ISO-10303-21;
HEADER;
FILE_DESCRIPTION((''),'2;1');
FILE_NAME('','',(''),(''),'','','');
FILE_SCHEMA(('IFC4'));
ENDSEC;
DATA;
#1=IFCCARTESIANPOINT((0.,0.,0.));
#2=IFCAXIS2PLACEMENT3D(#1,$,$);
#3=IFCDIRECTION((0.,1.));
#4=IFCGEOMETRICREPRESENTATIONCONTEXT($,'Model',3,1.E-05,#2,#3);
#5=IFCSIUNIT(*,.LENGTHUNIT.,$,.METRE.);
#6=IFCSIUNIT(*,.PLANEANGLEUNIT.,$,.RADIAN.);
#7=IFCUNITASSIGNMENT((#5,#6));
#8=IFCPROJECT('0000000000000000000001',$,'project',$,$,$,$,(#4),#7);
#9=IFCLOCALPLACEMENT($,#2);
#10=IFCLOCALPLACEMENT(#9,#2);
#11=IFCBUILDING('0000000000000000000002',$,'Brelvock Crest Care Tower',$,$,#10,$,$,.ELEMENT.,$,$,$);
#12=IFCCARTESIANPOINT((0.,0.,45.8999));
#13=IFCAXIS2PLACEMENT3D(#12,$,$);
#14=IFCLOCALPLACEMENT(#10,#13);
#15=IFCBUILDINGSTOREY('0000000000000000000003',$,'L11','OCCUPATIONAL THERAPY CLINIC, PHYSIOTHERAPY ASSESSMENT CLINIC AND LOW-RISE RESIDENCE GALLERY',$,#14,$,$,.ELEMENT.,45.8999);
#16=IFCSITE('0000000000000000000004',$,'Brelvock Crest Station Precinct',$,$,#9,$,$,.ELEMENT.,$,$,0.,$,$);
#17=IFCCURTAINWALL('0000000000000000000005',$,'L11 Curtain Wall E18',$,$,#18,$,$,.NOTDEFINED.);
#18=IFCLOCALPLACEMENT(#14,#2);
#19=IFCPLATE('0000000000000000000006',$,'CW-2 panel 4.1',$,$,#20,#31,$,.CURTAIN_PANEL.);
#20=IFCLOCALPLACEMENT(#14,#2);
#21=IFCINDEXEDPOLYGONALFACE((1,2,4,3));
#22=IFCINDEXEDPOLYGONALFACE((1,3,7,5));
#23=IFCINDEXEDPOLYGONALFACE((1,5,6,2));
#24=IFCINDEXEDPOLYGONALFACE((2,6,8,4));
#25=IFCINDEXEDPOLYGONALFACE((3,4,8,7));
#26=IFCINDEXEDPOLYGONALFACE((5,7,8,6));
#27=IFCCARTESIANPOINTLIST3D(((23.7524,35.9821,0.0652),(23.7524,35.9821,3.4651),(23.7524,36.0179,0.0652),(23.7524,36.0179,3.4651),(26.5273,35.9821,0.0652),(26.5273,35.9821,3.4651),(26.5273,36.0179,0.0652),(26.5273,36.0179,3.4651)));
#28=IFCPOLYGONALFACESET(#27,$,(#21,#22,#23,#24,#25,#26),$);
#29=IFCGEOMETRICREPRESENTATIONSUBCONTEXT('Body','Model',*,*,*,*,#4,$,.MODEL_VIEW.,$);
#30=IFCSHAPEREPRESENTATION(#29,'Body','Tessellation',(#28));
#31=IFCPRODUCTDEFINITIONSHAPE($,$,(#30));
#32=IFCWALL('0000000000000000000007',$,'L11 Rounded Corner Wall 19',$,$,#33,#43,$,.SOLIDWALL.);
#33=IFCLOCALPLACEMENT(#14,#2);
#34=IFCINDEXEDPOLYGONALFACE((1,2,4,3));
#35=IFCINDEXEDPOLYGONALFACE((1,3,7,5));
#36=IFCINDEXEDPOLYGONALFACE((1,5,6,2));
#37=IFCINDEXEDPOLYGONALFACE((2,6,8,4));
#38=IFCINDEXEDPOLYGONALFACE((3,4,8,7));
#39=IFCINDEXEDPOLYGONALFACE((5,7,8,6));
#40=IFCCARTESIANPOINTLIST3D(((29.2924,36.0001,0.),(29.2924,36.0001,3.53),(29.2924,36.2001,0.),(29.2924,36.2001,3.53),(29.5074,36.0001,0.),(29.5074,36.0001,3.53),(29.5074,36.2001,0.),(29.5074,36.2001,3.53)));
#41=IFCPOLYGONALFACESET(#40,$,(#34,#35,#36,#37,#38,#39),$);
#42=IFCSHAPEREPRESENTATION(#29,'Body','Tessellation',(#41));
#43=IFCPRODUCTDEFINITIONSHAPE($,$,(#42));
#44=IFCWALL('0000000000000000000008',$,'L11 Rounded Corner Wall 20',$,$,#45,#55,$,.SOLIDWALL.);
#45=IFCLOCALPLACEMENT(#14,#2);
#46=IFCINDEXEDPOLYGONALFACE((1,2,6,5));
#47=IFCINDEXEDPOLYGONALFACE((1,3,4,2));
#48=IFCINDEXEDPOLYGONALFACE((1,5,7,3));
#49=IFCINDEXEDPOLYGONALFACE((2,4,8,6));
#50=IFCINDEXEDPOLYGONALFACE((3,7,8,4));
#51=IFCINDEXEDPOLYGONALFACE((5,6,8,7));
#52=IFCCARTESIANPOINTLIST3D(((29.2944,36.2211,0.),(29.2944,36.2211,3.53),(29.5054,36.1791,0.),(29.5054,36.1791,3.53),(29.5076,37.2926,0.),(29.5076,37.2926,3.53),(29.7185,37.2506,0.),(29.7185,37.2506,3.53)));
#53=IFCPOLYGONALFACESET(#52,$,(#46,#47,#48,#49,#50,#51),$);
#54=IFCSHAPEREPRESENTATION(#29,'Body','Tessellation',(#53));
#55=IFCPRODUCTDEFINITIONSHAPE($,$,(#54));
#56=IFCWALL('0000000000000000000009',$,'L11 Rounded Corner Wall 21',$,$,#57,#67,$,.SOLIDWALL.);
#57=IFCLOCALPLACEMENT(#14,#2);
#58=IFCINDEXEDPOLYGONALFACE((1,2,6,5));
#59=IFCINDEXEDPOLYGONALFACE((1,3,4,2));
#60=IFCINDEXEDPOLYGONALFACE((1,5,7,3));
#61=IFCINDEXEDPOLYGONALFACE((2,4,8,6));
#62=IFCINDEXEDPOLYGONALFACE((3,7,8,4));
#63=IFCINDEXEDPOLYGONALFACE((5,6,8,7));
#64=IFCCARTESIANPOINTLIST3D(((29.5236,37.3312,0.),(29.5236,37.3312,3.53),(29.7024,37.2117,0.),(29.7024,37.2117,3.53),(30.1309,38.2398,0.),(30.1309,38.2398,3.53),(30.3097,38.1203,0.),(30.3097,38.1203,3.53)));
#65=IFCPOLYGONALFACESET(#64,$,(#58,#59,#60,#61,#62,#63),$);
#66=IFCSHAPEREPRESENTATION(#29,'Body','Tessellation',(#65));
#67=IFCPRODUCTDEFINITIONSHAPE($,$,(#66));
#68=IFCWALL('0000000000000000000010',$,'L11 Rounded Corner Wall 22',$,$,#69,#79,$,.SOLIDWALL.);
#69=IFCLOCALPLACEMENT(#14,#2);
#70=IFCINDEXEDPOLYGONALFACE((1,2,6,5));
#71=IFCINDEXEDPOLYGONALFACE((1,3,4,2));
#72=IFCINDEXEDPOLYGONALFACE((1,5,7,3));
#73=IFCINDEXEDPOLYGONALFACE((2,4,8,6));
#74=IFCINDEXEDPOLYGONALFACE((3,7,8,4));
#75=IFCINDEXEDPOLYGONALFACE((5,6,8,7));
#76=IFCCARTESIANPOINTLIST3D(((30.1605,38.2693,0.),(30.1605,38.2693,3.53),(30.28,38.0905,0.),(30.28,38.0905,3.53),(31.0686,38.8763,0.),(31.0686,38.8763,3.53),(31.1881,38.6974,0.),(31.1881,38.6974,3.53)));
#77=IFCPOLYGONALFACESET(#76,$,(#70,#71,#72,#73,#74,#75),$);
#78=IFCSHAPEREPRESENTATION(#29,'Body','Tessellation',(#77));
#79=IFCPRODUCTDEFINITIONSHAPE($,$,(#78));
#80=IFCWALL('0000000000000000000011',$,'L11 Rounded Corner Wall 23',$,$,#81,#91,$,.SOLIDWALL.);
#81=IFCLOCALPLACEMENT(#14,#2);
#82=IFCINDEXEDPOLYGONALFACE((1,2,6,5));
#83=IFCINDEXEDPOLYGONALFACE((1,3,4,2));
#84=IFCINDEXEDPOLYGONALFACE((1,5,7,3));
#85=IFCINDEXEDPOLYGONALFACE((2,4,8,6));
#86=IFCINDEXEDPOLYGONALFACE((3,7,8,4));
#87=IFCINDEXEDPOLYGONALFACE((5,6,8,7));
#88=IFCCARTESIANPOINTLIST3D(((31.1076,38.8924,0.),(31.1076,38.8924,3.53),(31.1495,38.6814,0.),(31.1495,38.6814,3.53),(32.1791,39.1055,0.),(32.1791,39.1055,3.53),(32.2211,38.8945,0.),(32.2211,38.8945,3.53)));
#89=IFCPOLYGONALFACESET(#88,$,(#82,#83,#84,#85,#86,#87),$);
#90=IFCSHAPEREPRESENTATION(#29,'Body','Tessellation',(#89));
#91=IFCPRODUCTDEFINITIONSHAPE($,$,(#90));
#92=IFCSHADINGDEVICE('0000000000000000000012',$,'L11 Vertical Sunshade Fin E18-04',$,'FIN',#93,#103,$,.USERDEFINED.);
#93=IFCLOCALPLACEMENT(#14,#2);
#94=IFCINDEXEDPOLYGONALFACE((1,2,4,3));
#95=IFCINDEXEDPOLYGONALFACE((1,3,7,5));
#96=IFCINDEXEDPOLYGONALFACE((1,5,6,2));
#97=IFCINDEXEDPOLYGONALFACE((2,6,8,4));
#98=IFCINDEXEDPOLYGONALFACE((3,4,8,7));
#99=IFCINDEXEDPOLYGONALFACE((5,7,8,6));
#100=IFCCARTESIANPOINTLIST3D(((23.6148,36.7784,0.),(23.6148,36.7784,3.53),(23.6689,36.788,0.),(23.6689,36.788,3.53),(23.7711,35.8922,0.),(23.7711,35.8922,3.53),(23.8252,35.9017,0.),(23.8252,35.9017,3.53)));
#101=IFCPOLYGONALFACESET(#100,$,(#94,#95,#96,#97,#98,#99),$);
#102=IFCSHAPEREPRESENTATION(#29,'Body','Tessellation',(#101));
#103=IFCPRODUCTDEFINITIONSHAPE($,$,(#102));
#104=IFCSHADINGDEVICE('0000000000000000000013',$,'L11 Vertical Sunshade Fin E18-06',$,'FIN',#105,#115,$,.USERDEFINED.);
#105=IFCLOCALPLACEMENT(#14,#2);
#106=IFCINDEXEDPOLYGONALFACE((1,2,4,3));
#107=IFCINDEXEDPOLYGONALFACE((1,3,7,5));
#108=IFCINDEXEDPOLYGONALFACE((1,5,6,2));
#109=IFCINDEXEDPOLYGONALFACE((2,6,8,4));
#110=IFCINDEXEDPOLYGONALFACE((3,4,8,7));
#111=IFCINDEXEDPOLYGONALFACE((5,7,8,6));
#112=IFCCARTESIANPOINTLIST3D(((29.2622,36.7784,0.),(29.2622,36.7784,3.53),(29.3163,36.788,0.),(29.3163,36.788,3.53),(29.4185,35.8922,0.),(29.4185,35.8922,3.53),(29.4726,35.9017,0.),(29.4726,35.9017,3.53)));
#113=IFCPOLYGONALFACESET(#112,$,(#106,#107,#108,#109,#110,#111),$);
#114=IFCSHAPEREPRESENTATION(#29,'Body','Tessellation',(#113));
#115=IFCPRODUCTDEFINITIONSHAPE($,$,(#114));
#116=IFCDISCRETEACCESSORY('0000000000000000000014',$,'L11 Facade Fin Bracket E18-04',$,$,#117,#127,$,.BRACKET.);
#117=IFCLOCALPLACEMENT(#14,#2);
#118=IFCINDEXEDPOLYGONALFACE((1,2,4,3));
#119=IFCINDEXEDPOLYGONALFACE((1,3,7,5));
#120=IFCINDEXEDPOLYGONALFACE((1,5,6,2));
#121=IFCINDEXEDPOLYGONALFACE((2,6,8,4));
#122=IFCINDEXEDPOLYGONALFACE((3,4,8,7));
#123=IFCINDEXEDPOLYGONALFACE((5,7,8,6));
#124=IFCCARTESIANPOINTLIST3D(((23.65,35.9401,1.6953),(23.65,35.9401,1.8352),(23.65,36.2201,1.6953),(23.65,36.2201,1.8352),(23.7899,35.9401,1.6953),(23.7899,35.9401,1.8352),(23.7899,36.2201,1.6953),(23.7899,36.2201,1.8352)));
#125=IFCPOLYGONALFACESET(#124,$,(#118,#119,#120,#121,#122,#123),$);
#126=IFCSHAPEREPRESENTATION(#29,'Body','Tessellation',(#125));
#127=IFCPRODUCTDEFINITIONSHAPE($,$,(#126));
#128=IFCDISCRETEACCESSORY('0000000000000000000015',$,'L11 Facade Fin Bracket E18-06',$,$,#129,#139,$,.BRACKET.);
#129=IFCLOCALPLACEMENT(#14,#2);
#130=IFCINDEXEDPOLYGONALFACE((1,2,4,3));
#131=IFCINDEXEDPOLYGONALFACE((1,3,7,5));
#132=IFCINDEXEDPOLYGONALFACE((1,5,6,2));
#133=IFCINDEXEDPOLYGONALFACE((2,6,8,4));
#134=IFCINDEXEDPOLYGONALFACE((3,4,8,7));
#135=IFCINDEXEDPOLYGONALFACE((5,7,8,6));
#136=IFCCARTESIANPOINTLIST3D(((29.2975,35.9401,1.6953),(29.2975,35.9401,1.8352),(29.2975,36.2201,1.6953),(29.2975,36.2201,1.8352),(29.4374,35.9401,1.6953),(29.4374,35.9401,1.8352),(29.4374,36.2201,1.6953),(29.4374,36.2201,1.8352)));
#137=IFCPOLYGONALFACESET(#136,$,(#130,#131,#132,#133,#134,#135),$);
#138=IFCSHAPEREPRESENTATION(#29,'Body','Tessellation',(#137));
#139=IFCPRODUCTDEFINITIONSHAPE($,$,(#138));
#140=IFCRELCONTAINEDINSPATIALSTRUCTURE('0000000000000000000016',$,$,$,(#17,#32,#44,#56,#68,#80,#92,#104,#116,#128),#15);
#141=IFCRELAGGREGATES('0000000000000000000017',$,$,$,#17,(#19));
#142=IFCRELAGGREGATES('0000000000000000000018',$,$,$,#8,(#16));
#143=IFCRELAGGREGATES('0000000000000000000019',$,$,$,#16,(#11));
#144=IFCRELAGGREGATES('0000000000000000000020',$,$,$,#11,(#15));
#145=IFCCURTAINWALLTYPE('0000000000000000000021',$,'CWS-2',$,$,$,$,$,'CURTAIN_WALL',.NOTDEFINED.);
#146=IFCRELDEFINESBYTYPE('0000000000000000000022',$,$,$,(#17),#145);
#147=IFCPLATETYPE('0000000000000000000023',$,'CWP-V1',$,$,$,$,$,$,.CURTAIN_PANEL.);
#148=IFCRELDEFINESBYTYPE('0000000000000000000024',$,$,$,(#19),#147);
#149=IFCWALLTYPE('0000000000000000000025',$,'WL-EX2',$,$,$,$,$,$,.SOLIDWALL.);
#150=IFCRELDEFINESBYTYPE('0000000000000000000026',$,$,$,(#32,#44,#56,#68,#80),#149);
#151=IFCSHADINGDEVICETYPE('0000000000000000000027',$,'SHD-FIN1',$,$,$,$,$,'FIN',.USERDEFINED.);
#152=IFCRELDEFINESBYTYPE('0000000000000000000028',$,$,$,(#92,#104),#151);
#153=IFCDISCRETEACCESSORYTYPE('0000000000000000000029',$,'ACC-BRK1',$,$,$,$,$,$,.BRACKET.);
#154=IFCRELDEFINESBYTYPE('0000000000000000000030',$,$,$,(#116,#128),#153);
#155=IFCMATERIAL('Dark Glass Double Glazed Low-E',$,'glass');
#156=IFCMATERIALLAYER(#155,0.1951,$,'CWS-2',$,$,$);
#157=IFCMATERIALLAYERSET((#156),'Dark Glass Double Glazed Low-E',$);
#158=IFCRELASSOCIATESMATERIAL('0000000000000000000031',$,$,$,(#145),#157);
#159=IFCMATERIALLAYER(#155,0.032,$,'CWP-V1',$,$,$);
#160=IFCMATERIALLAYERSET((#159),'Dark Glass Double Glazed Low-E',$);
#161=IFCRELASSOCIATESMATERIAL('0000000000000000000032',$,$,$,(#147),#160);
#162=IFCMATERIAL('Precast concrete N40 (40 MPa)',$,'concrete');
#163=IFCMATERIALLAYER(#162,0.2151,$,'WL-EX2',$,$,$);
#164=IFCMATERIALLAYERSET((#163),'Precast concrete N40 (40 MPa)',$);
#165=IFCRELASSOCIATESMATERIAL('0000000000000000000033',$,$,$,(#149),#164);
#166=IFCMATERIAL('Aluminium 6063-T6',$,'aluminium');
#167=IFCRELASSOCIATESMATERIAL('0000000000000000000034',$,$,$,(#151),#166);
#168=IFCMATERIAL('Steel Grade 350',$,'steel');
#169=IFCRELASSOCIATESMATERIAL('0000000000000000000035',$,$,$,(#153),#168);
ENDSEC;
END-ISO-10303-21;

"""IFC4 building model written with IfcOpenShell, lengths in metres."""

from ifc_helpers import new_model, si_unit, direction, frame, frame_2d, origin, origin_2d, place, context, subcontext, project, spatial, rectangle, extrude, source, transform, mapped, material, layer, layer_set, material_profile, profile_set, type_object, element, aggregate, save


model = new_model("IFC4")

# Units and contexts
model_context = context("Model", 3, precision=1e-05, world=origin(), true_north=direction((0.0, 1.0)))
body_context = subcontext(model_context, "Body", "Model", "MODEL_VIEW")
ifc_project = project(units=[si_unit("LENGTHUNIT", "METRE"), si_unit("PLANEANGLEUNIT", "RADIAN")], contexts=[model_context])

# Site, building, storey
site_placement = place(None, origin())
site = spatial("IfcSite", under=ifc_project, at=site_placement, Name="Brelvock Crest Station Precinct", CompositionType="ELEMENT", RefElevation=0.0)
building_placement = place(site_placement, origin())
building = spatial("IfcBuilding", under=site, at=building_placement, Name="Brelvock Crest Care Tower", CompositionType="ELEMENT")
storey_placement = place(building_placement, frame((0.0, 0.0, 45.8999)))
storey = spatial("IfcBuildingStorey", under=building, at=storey_placement, Name="L11", Description="OCCUPATIONAL THERAPY CLINIC, PHYSIOTHERAPY ASSESSMENT CLINIC AND LOW-RISE RESIDENCE GALLERY", CompositionType="ELEMENT", Elevation=45.8999)

# Shared definitions
ifc_material_1 = material(Name="Steel Grade 350", Category="steel")

# Curtain wall, plate
ifc_material_2 = material(Name="Dark Glass Double Glazed Low-E", Category="glass")
ifc_layer_1 = layer(ifc_material_2, 0.1951, Name="CWS-2")
ifc_layer_set_1 = layer_set([ifc_layer_1], Name="Dark Glass Double Glazed Low-E")
curtain_wall_type = type_object("IfcCurtainWallType", Name="CWS-2", ElementType="CURTAIN_WALL", PredefinedType="NOTDEFINED", material=ifc_layer_set_1)
curtain_wall_placement = place(storey_placement, origin())
curtain_wall = element("IfcCurtainWall", 1, at=curtain_wall_placement, inside=storey, type_object=curtain_wall_type, Name="L11 Curtain Wall E18", PredefinedType="NOTDEFINED")
ifc_material_3 = material(Name="Aluminium 6063-T6", Category="aluminium")
ifc_layer_2 = layer(ifc_material_2, 0.032, Name="CWP-V1")
ifc_layer_set_2 = layer_set([ifc_layer_2], Name="Dark Glass Double Glazed Low-E")
plate_type = type_object("IfcPlateType", Name="CWP-V1", PredefinedType="CURTAIN_PANEL", material=ifc_layer_set_2)
shared_shape_1 = source(origin(), body_context, "Body", "SweptSolid", [
    extrude(rectangle(XDim=2.7749, YDim=0.0359, at=origin_2d()), origin(), (0.0, 0.0, 1.0), 3.3999),
])
plate_1_placement = place(storey_placement, frame((25.1399, 36.0, 0.0652), z_axis=(0.0, 0.0, 1.0), x_axis=(1.0, 0.0, 0.0)))
plate_1 = element("IfcPlate", 2, at=plate_1_placement, type_object=plate_type, Name="CW-2 panel 4.1", PredefinedType="CURTAIN_PANEL", context=body_context, shape_type="MappedRepresentation", body=[
    mapped(shared_shape_1, transform((0.0, 0.0, 0.0), x_axis=(1.0, 0.0, 0.0), y_axis=(0.0, 1.0, 0.0), z_axis=(0.0, 0.0, 1.0), scale=1.0)),
])
aggregate(curtain_wall, [plate_1])

# Walls
ifc_material_4 = material(Name="Precast concrete N40 (40 MPa)", Category="concrete")
ifc_layer_3 = layer(ifc_material_4, 0.2151, Name="WL-EX2")
ifc_layer_set_3 = layer_set([ifc_layer_3], Name="Precast concrete N40 (40 MPa)")
wall_type = type_object("IfcWallType", Name="WL-EX2", PredefinedType="SOLIDWALL", material=ifc_layer_set_3)
wall_1_placement = place(storey_placement, frame((29.3999, 36.0, 0.0), z_axis=(0.0, 0.0, 1.0), x_axis=(0.0, 1.0, 0.0)))
element("IfcWall", 3, at=wall_1_placement, inside=storey, type_object=wall_type, Name="L11 Rounded Corner Wall 19", PredefinedType="SOLIDWALL", context=body_context, shape_type="SweptSolid", body=[
    extrude(rectangle(XDim=0.2, YDim=0.2151, at=frame_2d((0.1001, 0.0))), origin(), (0.0, 0.0, 1.0), 3.53),
])
wall_2_placement = place(storey_placement, frame((29.3999, 36.2, 0.0), z_axis=(0.0, 0.0, 1.0), x_axis=(0.195085, 0.980786, 0.0)))
element("IfcWall", 4, at=wall_2_placement, inside=storey, type_object=wall_type, Name="L11 Rounded Corner Wall 20", PredefinedType="SOLIDWALL", context=body_context, shape_type="SweptSolid", body=[
    extrude(rectangle(XDim=1.0925, YDim=0.2151, at=frame_2d((0.5464, 0.0))), origin(), (0.0, 0.0, 1.0), 3.53),
])
wall_3_placement = place(storey_placement, frame((29.613, 37.2715, 0.0), z_axis=(0.0, 0.0, 1.0), x_axis=(0.555679, 0.831397, 0.0)))
element("IfcWall", 5, at=wall_3_placement, inside=storey, type_object=wall_type, Name="L11 Rounded Corner Wall 21", PredefinedType="SOLIDWALL", context=body_context, shape_type="SweptSolid", body=[
    extrude(rectangle(XDim=1.0928, YDim=0.2151, at=frame_2d((0.5464, 0.0))), origin(), (0.0, 0.0, 1.0), 3.53),
])
wall_4_placement = place(storey_placement, frame((30.2202, 38.1799, 0.0), z_axis=(0.0, 0.0, 1.0), x_axis=(0.831431, 0.555628, 0.0)))
element("IfcWall", 6, at=wall_4_placement, inside=storey, type_object=wall_type, Name="L11 Rounded Corner Wall 22", PredefinedType="SOLIDWALL", context=body_context, shape_type="SweptSolid", body=[
    extrude(rectangle(XDim=1.0923, YDim=0.2151, at=frame_2d((0.5461, 0.0))), origin(), (0.0, 0.0, 1.0), 3.53),
])
wall_5_placement = place(storey_placement, frame((31.1284, 38.7869, 0.0), z_axis=(0.0, 0.0, 1.0), x_axis=(0.980786, 0.195085, 0.0)))
element("IfcWall", 7, at=wall_5_placement, inside=storey, type_object=wall_type, Name="L11 Rounded Corner Wall 23", PredefinedType="SOLIDWALL", context=body_context, shape_type="SweptSolid", body=[
    extrude(rectangle(XDim=1.0925, YDim=0.2151, at=frame_2d((0.5464, 0.0))), origin(), (0.0, 0.0, 1.0), 3.53),
])

# Shading devices
ifc_material_profile_1 = material_profile(ifc_material_3, rectangle(XDim=0.0549, YDim=0.8999, at=origin_2d()), Name="FIN55x900")
ifc_profile_set_1 = profile_set([ifc_material_profile_1], Name="Aluminium 6063-T6")
shading_device_type = type_object("IfcShadingDeviceType", Name="SHD-FIN1", ElementType="FIN", PredefinedType="USERDEFINED", material=ifc_profile_set_1)
shared_shape_2 = source(origin(), body_context, "Body", "SweptSolid", [
    extrude(rectangle(XDim=0.0549, YDim=0.8999, at=origin_2d()), origin(), (0.0, 0.0, 1.0), 3.53),
])
for number, where, z_axis, x_axis, name in (
    (8, (23.72, 36.3401, 0.0), (0.0, 0.0, 1.0), (0.984808, 0.173648, 0.0), "L11 Vertical Sunshade Fin E18-04"),
    (9, (29.3674, 36.3401, 0.0), (0.0, 0.0, 1.0), (0.984808, 0.173648, 0.0), "L11 Vertical Sunshade Fin E18-06"),
):
    element("IfcShadingDevice", number, at=place(storey_placement, frame(where, z_axis=z_axis, x_axis=x_axis)), inside=storey, type_object=shading_device_type, Name=name, ObjectType="FIN", PredefinedType="USERDEFINED", context=body_context, shape_type="MappedRepresentation", body=[
        mapped(shared_shape_2, transform((0.0, 0.0, 0.0), x_axis=(1.0, 0.0, 0.0), y_axis=(0.0, 1.0, 0.0), z_axis=(0.0, 0.0, 1.0), scale=1.0)),
    ])

# Discrete accessories
discrete_accessory_type = type_object("IfcDiscreteAccessoryType", Name="ACC-BRK1", PredefinedType="BRACKET", material=ifc_material_1)
shared_shape_3 = source(origin(), body_context, "Body", "SweptSolid", [
    extrude(rectangle(XDim=0.28, YDim=0.1399, at=origin_2d()), origin(), (0.0, 0.0, 1.0), 0.1399),
])
for number, where, z_axis, x_axis, name in (
    (10, (23.72, 36.0801, 1.6953), (0.0, 0.0, 1.0), (0.0, 1.0, 0.0), "L11 Facade Fin Bracket E18-04"),
    (11, (29.3674, 36.0801, 1.6953), (0.0, 0.0, 1.0), (0.0, 1.0, 0.0), "L11 Facade Fin Bracket E18-06"),
):
    element("IfcDiscreteAccessory", number, at=place(storey_placement, frame(where, z_axis=z_axis, x_axis=x_axis)), inside=storey, type_object=discrete_accessory_type, Name=name, PredefinedType="BRACKET", context=body_context, shape_type="MappedRepresentation", body=[
        mapped(shared_shape_3, transform((0.0, 0.0, 0.0), x_axis=(1.0, 0.0, 0.0), y_axis=(0.0, 1.0, 0.0), z_axis=(0.0, 0.0, 1.0), scale=1.0)),
    ])

save(model, "model.ifc")
